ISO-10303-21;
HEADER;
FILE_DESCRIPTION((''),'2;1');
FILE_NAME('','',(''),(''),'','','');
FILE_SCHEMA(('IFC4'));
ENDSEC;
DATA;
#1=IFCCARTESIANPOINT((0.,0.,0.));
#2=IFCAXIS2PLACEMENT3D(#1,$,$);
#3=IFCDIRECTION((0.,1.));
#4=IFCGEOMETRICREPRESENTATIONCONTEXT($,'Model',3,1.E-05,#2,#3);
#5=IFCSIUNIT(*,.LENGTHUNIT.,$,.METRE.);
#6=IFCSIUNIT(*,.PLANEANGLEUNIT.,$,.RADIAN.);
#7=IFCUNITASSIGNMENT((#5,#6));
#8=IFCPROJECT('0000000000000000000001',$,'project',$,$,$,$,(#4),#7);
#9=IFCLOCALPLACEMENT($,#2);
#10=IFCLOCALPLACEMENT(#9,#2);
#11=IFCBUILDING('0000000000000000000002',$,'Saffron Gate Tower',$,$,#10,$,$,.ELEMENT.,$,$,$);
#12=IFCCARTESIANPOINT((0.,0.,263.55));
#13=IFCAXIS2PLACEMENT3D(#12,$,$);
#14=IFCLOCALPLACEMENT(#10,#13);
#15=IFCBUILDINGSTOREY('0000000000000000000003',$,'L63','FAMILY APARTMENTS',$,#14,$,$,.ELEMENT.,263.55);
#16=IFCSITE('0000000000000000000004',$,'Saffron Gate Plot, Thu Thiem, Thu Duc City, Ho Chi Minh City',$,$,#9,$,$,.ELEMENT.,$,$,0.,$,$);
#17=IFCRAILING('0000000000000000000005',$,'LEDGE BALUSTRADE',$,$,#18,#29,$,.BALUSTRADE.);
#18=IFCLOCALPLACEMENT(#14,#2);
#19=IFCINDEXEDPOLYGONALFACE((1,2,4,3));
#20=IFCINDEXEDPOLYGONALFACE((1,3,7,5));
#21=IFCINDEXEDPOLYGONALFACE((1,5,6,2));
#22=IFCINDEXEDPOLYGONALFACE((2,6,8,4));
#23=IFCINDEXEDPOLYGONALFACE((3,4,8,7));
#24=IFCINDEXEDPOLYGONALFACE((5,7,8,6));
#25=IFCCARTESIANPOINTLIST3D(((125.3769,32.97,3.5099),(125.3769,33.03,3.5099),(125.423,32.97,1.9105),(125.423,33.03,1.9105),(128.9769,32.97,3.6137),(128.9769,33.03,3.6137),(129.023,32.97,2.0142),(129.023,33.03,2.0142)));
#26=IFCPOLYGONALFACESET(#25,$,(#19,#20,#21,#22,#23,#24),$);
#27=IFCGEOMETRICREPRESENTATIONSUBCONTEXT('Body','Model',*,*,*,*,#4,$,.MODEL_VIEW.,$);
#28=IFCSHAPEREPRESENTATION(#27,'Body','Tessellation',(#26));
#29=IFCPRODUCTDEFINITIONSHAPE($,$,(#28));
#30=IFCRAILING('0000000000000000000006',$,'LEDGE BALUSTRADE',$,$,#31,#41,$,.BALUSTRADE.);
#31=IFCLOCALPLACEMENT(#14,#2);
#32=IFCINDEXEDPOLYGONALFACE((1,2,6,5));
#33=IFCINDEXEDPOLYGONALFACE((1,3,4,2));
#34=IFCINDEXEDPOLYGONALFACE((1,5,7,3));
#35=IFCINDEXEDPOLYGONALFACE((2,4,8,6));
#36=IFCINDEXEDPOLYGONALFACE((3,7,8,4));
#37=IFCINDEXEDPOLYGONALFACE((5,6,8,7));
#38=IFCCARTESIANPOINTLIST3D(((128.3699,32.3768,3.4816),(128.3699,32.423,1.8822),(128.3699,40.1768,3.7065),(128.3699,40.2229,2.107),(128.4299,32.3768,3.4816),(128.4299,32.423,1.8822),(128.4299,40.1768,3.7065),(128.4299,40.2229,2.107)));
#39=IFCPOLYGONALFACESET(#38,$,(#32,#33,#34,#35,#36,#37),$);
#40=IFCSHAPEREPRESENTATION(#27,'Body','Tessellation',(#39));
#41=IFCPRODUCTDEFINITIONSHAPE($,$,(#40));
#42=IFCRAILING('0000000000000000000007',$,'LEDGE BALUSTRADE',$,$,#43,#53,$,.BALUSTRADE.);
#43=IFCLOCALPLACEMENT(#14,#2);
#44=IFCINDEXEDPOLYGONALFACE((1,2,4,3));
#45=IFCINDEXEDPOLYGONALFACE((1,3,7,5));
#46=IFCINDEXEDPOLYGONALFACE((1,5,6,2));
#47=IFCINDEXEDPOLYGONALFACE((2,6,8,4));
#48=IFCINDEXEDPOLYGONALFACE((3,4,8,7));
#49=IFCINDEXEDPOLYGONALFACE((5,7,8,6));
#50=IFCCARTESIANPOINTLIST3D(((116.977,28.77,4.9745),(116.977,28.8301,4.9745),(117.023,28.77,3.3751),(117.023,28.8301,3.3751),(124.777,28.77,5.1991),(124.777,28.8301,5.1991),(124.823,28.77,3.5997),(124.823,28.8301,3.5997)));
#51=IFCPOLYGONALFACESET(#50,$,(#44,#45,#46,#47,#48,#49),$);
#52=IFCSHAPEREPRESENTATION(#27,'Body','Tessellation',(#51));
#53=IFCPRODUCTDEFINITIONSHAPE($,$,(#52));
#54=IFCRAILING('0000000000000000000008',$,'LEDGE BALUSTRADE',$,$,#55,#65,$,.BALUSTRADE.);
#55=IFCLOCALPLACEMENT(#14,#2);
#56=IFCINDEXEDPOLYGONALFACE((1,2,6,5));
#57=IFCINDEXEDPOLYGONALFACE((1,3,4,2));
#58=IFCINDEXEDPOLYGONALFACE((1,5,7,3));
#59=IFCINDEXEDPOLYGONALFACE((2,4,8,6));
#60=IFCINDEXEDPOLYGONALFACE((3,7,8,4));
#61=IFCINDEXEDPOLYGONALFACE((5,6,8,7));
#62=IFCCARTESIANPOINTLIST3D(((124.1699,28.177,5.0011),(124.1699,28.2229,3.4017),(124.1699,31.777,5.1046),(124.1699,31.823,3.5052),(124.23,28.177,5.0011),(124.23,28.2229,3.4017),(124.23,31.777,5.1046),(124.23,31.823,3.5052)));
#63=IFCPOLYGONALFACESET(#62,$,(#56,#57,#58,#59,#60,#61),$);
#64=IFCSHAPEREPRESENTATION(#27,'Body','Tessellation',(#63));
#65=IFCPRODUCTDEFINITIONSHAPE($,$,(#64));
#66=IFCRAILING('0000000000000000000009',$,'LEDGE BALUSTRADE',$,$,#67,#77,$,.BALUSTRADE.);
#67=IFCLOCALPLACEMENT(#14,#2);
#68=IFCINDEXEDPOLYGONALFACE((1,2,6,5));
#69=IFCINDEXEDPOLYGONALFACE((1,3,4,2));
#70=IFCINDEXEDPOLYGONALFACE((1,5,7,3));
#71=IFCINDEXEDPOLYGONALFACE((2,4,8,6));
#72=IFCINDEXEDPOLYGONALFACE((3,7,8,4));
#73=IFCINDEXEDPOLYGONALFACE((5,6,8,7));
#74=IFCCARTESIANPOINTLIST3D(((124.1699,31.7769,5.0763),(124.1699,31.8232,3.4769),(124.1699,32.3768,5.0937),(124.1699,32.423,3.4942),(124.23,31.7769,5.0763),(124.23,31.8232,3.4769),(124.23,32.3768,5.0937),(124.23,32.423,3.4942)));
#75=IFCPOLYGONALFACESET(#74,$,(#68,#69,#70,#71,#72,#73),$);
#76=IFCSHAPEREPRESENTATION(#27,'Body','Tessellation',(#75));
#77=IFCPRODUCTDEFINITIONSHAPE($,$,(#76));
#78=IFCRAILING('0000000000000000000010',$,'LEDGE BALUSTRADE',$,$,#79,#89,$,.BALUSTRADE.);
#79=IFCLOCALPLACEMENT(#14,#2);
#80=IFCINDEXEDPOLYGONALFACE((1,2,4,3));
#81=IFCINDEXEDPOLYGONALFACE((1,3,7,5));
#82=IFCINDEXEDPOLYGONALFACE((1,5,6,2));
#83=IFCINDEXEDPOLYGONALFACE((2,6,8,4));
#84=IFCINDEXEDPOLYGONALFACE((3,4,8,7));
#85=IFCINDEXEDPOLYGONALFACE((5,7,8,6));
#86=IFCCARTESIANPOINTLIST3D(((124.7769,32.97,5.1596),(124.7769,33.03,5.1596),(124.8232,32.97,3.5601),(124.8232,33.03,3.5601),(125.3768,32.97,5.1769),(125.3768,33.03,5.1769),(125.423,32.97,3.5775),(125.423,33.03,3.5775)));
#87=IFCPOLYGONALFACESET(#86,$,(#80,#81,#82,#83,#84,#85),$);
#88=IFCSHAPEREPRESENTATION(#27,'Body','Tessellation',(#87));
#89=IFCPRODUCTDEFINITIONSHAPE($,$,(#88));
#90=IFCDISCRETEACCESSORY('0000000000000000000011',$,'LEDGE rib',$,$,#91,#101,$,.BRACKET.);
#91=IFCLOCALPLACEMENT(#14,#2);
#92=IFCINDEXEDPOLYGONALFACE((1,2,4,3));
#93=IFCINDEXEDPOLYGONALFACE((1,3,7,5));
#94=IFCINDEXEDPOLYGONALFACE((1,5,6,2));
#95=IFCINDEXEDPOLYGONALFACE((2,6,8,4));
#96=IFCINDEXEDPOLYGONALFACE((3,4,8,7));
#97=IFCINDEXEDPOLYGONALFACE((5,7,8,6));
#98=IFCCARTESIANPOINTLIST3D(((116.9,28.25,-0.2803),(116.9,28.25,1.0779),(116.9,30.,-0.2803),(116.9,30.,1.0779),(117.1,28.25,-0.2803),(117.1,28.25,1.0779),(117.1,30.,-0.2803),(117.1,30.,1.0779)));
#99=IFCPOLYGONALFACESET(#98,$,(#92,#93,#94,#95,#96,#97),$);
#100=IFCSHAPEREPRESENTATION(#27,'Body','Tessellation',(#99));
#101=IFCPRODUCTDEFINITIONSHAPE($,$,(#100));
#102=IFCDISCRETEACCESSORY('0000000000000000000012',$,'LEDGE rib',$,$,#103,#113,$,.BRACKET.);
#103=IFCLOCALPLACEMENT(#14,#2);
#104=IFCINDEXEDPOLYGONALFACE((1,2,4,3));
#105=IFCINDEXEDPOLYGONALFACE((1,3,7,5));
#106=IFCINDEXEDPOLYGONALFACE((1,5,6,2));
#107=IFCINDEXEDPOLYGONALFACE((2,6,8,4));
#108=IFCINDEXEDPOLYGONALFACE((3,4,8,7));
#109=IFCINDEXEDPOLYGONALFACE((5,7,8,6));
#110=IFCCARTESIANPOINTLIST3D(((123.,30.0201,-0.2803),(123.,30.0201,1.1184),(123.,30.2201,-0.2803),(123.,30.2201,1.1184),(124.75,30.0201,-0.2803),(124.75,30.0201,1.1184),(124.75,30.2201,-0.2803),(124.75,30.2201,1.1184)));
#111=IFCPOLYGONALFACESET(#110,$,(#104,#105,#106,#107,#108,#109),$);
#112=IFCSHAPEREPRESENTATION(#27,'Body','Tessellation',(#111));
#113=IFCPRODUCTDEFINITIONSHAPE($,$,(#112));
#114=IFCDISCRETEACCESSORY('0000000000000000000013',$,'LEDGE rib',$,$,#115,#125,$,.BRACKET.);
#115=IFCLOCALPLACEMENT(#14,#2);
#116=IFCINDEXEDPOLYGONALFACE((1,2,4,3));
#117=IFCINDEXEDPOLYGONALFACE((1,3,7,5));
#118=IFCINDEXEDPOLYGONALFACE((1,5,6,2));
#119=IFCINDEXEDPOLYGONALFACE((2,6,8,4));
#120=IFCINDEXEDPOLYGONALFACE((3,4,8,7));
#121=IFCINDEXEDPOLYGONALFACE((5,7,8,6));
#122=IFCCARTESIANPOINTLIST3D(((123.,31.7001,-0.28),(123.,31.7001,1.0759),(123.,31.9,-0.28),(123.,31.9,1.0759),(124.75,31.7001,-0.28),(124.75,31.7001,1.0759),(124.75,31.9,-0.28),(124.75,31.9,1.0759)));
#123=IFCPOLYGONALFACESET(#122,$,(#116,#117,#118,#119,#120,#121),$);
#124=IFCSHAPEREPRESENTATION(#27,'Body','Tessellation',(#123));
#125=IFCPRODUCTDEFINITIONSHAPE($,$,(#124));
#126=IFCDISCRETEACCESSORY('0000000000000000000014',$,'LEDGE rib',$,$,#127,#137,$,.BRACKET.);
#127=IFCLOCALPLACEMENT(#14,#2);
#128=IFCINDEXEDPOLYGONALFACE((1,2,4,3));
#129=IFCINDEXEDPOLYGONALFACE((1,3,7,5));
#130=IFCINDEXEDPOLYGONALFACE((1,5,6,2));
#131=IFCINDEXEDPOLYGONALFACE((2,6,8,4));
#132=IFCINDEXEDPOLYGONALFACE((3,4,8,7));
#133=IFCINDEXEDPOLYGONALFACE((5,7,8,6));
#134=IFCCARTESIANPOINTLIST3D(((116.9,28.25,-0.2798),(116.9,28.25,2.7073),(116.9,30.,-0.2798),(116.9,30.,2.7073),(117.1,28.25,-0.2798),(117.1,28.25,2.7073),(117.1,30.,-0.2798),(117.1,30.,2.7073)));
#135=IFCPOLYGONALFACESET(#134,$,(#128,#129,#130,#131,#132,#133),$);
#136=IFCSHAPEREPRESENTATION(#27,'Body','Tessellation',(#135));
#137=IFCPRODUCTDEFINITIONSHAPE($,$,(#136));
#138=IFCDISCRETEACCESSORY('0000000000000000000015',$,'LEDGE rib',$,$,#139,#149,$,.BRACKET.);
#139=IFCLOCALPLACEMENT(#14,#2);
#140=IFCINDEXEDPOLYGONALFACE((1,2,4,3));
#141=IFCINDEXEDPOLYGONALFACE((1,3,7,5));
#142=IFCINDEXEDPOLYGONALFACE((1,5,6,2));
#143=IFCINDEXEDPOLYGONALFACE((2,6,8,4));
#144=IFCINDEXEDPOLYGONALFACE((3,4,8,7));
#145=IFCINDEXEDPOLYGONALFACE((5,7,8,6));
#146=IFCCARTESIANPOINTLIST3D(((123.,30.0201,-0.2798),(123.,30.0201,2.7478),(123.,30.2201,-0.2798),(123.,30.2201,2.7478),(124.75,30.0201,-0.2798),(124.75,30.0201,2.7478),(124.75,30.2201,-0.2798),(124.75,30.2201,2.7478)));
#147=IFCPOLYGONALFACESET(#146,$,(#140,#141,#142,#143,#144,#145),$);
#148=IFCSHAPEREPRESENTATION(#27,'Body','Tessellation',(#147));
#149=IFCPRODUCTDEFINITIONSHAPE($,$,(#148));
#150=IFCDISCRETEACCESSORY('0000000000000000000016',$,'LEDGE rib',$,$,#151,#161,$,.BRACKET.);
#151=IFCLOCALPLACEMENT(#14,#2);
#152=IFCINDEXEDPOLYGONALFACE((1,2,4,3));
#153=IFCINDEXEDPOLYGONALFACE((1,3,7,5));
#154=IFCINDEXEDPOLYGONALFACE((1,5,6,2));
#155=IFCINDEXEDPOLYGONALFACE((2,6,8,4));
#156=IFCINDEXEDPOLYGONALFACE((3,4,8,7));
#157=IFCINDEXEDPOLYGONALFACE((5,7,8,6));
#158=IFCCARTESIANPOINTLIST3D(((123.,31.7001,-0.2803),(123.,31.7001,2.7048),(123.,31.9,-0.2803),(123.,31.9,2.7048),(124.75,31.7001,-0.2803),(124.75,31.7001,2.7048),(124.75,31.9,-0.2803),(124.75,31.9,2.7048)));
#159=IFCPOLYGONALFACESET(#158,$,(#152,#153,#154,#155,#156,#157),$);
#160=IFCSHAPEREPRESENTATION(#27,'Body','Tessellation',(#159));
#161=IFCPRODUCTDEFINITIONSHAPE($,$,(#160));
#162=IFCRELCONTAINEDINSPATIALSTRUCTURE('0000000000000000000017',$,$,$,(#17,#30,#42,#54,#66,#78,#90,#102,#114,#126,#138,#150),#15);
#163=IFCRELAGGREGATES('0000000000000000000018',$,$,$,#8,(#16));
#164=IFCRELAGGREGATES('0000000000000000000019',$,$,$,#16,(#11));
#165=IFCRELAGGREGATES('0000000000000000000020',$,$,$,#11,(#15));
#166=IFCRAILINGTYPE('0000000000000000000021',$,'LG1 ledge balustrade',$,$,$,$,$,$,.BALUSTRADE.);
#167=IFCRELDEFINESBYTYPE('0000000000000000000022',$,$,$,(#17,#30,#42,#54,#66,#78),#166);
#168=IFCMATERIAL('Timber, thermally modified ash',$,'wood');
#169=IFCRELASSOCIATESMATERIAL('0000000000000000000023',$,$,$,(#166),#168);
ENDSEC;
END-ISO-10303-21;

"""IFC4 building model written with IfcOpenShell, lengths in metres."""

from ifc_helpers import new_model, si_unit, direction, frame, origin, origin_2d, place, context, subcontext, project, spatial, rectangle, extrude, material, type_object, element, save


model = new_model("IFC4")

# Units and contexts
model_context = context("Model", 3, precision=1e-05, world=origin(), true_north=direction((0.0, 1.0)))
body_context = subcontext(model_context, "Body", "Model", "MODEL_VIEW")
ifc_project = project(units=[si_unit("LENGTHUNIT", "METRE"), si_unit("PLANEANGLEUNIT", "RADIAN")], contexts=[model_context])

# Site, building, storey
site_placement = place(None, origin())
site = spatial("IfcSite", under=ifc_project, at=site_placement, Name="Saffron Gate Plot, Thu Thiem, Thu Duc City, Ho Chi Minh City", CompositionType="ELEMENT", RefElevation=0.0)
building_placement = place(site_placement, origin())
building = spatial("IfcBuilding", under=site, at=building_placement, Name="Saffron Gate Tower", CompositionType="ELEMENT")
storey_placement = place(building_placement, frame((0.0, 0.0, 263.55)))
storey = spatial("IfcBuildingStorey", under=building, at=storey_placement, Name="L63", Description="FAMILY APARTMENTS", CompositionType="ELEMENT", Elevation=263.55)

# Shared definitions
ifc_material_1 = material(Name="Timber, thermally modified ash", Category="wood")

# Railings
railing_type = type_object("IfcRailingType", Name="LG1 ledge balustrade", PredefinedType="BALUSTRADE", material=ifc_material_1)
railing_1_placement = place(storey_placement, frame((125.3999, 33.0, 1.9102)))
element("IfcRailing", 1, at=railing_1_placement, inside=storey, type_object=railing_type, Name="LEDGE BALUSTRADE", PredefinedType="BALUSTRADE", context=body_context, shape_type="SweptSolid", body=[
    extrude(rectangle(XDim=0.0601, YDim=1.6001, at=origin_2d()), frame((0.0, 0.0, 0.8), z_axis=(0.999585, 0.0, 0.028809), x_axis=(0.0, 1.0, 0.0)), (0.0, 0.0, 1.0), 3.6016),
])
railing_2_placement = place(storey_placement, frame((128.3999, 32.3999, 1.8818)))
element("IfcRailing", 2, at=railing_2_placement, inside=storey, type_object=railing_type, Name="LEDGE BALUSTRADE", PredefinedType="BALUSTRADE", context=body_context, shape_type="SweptSolid", body=[
    extrude(rectangle(XDim=0.0601, YDim=1.6001, at=origin_2d()), frame((0.0, 0.0, 0.8), z_axis=(0.0, 0.999585, 0.028815), x_axis=(-1.0, 0.0, 0.0)), (0.0, 0.0, 1.0), 7.8032),
])
railing_3_placement = place(storey_placement, frame((117.0, 28.8, 3.3748)))
element("IfcRailing", 3, at=railing_3_placement, inside=storey, type_object=railing_type, Name="LEDGE BALUSTRADE", PredefinedType="BALUSTRADE", context=body_context, shape_type="SweptSolid", body=[
    extrude(rectangle(XDim=0.0601, YDim=1.6001, at=origin_2d()), frame((0.0, 0.0, 0.8), z_axis=(0.999586, 0.0, 0.028784), x_axis=(0.0, 1.0, 0.0)), (0.0, 0.0, 1.0), 7.8032),
])
railing_4_placement = place(storey_placement, frame((124.2, 28.2, 3.4014)))
element("IfcRailing", 4, at=railing_4_placement, inside=storey, type_object=railing_type, Name="LEDGE BALUSTRADE", PredefinedType="BALUSTRADE", context=body_context, shape_type="SweptSolid", body=[
    extrude(rectangle(XDim=0.0601, YDim=1.6001, at=origin_2d()), frame((0.0, 0.0, 0.8), z_axis=(0.0, 0.999587, 0.028742), x_axis=(-1.0, 0.0, 0.0)), (0.0, 0.0, 1.0), 3.6016),
])
railing_5_placement = place(storey_placement, frame((124.2, 31.8, 3.4766)))
element("IfcRailing", 5, at=railing_5_placement, inside=storey, type_object=railing_type, Name="LEDGE BALUSTRADE", PredefinedType="BALUSTRADE", context=body_context, shape_type="SweptSolid", body=[
    extrude(rectangle(XDim=0.0601, YDim=1.6001, at=origin_2d()), frame((0.0, 0.0, 0.8), z_axis=(0.0, 0.999583, 0.028885), x_axis=(-1.0, 0.0, 0.0)), (0.0, 0.0, 1.0), 0.6001),
])
railing_6_placement = place(storey_placement, frame((124.8, 33.0, 3.5598)))
element("IfcRailing", 6, at=railing_6_placement, inside=storey, type_object=railing_type, Name="LEDGE BALUSTRADE", PredefinedType="BALUSTRADE", context=body_context, shape_type="SweptSolid", body=[
    extrude(rectangle(XDim=0.0601, YDim=1.6001, at=origin_2d()), frame((0.0, 0.0, 0.8), z_axis=(0.999583, 0.0, 0.028885), x_axis=(0.0, 1.0, 0.0)), (0.0, 0.0, 1.0), 0.6001),
])

# Discrete accessories
discrete_accessory_1_placement = place(storey_placement, frame((117.0, 29.125, -0.2803), z_axis=(0.0, 0.0, 1.0), x_axis=(1.0, 0.0, 0.0)))
element("IfcDiscreteAccessory", 7, at=discrete_accessory_1_placement, inside=storey, Name="LEDGE rib", PredefinedType="BRACKET", context=body_context, shape_type="SweptSolid", body=[
    extrude(rectangle(XDim=0.2, YDim=1.75, at=origin_2d()), origin(), (0.0, 0.0, 1.0), 1.3582),
])
discrete_accessory_2_placement = place(storey_placement, frame((123.875, 30.1201, -0.2803), z_axis=(0.0, 0.0, 1.0), x_axis=(0.0, 1.0, 0.0)))
element("IfcDiscreteAccessory", 8, at=discrete_accessory_2_placement, inside=storey, Name="LEDGE rib", PredefinedType="BRACKET", context=body_context, shape_type="SweptSolid", body=[
    extrude(rectangle(XDim=0.2, YDim=1.75, at=origin_2d()), origin(), (0.0, 0.0, 1.0), 1.3987),
])
discrete_accessory_3_placement = place(storey_placement, frame((123.875, 31.8, -0.28), z_axis=(0.0, 0.0, 1.0), x_axis=(0.0, 1.0, 0.0)))
element("IfcDiscreteAccessory", 9, at=discrete_accessory_3_placement, inside=storey, Name="LEDGE rib", PredefinedType="BRACKET", context=body_context, shape_type="SweptSolid", body=[
    extrude(rectangle(XDim=0.2, YDim=1.75, at=origin_2d()), origin(), (0.0, 0.0, 1.0), 1.356),
])
discrete_accessory_4_placement = place(storey_placement, frame((117.0, 29.125, -0.2798), z_axis=(0.0, 0.0, 1.0), x_axis=(1.0, 0.0, 0.0)))
element("IfcDiscreteAccessory", 10, at=discrete_accessory_4_placement, inside=storey, Name="LEDGE rib", PredefinedType="BRACKET", context=body_context, shape_type="SweptSolid", body=[
    extrude(rectangle(XDim=0.2, YDim=1.75, at=origin_2d()), origin(), (0.0, 0.0, 1.0), 2.9871),
])
discrete_accessory_5_placement = place(storey_placement, frame((123.875, 30.1201, -0.2798), z_axis=(0.0, 0.0, 1.0), x_axis=(0.0, 1.0, 0.0)))
element("IfcDiscreteAccessory", 11, at=discrete_accessory_5_placement, inside=storey, Name="LEDGE rib", PredefinedType="BRACKET", context=body_context, shape_type="SweptSolid", body=[
    extrude(rectangle(XDim=0.2, YDim=1.75, at=origin_2d()), origin(), (0.0, 0.0, 1.0), 3.0276),
])
discrete_accessory_6_placement = place(storey_placement, frame((123.875, 31.8, -0.2803), z_axis=(0.0, 0.0, 1.0), x_axis=(0.0, 1.0, 0.0)))
element("IfcDiscreteAccessory", 12, at=discrete_accessory_6_placement, inside=storey, Name="LEDGE rib", PredefinedType="BRACKET", context=body_context, shape_type="SweptSolid", body=[
    extrude(rectangle(XDim=0.2, YDim=1.75, at=origin_2d()), origin(), (0.0, 0.0, 1.0), 2.9851),
])

save(model, "model.ifc")
